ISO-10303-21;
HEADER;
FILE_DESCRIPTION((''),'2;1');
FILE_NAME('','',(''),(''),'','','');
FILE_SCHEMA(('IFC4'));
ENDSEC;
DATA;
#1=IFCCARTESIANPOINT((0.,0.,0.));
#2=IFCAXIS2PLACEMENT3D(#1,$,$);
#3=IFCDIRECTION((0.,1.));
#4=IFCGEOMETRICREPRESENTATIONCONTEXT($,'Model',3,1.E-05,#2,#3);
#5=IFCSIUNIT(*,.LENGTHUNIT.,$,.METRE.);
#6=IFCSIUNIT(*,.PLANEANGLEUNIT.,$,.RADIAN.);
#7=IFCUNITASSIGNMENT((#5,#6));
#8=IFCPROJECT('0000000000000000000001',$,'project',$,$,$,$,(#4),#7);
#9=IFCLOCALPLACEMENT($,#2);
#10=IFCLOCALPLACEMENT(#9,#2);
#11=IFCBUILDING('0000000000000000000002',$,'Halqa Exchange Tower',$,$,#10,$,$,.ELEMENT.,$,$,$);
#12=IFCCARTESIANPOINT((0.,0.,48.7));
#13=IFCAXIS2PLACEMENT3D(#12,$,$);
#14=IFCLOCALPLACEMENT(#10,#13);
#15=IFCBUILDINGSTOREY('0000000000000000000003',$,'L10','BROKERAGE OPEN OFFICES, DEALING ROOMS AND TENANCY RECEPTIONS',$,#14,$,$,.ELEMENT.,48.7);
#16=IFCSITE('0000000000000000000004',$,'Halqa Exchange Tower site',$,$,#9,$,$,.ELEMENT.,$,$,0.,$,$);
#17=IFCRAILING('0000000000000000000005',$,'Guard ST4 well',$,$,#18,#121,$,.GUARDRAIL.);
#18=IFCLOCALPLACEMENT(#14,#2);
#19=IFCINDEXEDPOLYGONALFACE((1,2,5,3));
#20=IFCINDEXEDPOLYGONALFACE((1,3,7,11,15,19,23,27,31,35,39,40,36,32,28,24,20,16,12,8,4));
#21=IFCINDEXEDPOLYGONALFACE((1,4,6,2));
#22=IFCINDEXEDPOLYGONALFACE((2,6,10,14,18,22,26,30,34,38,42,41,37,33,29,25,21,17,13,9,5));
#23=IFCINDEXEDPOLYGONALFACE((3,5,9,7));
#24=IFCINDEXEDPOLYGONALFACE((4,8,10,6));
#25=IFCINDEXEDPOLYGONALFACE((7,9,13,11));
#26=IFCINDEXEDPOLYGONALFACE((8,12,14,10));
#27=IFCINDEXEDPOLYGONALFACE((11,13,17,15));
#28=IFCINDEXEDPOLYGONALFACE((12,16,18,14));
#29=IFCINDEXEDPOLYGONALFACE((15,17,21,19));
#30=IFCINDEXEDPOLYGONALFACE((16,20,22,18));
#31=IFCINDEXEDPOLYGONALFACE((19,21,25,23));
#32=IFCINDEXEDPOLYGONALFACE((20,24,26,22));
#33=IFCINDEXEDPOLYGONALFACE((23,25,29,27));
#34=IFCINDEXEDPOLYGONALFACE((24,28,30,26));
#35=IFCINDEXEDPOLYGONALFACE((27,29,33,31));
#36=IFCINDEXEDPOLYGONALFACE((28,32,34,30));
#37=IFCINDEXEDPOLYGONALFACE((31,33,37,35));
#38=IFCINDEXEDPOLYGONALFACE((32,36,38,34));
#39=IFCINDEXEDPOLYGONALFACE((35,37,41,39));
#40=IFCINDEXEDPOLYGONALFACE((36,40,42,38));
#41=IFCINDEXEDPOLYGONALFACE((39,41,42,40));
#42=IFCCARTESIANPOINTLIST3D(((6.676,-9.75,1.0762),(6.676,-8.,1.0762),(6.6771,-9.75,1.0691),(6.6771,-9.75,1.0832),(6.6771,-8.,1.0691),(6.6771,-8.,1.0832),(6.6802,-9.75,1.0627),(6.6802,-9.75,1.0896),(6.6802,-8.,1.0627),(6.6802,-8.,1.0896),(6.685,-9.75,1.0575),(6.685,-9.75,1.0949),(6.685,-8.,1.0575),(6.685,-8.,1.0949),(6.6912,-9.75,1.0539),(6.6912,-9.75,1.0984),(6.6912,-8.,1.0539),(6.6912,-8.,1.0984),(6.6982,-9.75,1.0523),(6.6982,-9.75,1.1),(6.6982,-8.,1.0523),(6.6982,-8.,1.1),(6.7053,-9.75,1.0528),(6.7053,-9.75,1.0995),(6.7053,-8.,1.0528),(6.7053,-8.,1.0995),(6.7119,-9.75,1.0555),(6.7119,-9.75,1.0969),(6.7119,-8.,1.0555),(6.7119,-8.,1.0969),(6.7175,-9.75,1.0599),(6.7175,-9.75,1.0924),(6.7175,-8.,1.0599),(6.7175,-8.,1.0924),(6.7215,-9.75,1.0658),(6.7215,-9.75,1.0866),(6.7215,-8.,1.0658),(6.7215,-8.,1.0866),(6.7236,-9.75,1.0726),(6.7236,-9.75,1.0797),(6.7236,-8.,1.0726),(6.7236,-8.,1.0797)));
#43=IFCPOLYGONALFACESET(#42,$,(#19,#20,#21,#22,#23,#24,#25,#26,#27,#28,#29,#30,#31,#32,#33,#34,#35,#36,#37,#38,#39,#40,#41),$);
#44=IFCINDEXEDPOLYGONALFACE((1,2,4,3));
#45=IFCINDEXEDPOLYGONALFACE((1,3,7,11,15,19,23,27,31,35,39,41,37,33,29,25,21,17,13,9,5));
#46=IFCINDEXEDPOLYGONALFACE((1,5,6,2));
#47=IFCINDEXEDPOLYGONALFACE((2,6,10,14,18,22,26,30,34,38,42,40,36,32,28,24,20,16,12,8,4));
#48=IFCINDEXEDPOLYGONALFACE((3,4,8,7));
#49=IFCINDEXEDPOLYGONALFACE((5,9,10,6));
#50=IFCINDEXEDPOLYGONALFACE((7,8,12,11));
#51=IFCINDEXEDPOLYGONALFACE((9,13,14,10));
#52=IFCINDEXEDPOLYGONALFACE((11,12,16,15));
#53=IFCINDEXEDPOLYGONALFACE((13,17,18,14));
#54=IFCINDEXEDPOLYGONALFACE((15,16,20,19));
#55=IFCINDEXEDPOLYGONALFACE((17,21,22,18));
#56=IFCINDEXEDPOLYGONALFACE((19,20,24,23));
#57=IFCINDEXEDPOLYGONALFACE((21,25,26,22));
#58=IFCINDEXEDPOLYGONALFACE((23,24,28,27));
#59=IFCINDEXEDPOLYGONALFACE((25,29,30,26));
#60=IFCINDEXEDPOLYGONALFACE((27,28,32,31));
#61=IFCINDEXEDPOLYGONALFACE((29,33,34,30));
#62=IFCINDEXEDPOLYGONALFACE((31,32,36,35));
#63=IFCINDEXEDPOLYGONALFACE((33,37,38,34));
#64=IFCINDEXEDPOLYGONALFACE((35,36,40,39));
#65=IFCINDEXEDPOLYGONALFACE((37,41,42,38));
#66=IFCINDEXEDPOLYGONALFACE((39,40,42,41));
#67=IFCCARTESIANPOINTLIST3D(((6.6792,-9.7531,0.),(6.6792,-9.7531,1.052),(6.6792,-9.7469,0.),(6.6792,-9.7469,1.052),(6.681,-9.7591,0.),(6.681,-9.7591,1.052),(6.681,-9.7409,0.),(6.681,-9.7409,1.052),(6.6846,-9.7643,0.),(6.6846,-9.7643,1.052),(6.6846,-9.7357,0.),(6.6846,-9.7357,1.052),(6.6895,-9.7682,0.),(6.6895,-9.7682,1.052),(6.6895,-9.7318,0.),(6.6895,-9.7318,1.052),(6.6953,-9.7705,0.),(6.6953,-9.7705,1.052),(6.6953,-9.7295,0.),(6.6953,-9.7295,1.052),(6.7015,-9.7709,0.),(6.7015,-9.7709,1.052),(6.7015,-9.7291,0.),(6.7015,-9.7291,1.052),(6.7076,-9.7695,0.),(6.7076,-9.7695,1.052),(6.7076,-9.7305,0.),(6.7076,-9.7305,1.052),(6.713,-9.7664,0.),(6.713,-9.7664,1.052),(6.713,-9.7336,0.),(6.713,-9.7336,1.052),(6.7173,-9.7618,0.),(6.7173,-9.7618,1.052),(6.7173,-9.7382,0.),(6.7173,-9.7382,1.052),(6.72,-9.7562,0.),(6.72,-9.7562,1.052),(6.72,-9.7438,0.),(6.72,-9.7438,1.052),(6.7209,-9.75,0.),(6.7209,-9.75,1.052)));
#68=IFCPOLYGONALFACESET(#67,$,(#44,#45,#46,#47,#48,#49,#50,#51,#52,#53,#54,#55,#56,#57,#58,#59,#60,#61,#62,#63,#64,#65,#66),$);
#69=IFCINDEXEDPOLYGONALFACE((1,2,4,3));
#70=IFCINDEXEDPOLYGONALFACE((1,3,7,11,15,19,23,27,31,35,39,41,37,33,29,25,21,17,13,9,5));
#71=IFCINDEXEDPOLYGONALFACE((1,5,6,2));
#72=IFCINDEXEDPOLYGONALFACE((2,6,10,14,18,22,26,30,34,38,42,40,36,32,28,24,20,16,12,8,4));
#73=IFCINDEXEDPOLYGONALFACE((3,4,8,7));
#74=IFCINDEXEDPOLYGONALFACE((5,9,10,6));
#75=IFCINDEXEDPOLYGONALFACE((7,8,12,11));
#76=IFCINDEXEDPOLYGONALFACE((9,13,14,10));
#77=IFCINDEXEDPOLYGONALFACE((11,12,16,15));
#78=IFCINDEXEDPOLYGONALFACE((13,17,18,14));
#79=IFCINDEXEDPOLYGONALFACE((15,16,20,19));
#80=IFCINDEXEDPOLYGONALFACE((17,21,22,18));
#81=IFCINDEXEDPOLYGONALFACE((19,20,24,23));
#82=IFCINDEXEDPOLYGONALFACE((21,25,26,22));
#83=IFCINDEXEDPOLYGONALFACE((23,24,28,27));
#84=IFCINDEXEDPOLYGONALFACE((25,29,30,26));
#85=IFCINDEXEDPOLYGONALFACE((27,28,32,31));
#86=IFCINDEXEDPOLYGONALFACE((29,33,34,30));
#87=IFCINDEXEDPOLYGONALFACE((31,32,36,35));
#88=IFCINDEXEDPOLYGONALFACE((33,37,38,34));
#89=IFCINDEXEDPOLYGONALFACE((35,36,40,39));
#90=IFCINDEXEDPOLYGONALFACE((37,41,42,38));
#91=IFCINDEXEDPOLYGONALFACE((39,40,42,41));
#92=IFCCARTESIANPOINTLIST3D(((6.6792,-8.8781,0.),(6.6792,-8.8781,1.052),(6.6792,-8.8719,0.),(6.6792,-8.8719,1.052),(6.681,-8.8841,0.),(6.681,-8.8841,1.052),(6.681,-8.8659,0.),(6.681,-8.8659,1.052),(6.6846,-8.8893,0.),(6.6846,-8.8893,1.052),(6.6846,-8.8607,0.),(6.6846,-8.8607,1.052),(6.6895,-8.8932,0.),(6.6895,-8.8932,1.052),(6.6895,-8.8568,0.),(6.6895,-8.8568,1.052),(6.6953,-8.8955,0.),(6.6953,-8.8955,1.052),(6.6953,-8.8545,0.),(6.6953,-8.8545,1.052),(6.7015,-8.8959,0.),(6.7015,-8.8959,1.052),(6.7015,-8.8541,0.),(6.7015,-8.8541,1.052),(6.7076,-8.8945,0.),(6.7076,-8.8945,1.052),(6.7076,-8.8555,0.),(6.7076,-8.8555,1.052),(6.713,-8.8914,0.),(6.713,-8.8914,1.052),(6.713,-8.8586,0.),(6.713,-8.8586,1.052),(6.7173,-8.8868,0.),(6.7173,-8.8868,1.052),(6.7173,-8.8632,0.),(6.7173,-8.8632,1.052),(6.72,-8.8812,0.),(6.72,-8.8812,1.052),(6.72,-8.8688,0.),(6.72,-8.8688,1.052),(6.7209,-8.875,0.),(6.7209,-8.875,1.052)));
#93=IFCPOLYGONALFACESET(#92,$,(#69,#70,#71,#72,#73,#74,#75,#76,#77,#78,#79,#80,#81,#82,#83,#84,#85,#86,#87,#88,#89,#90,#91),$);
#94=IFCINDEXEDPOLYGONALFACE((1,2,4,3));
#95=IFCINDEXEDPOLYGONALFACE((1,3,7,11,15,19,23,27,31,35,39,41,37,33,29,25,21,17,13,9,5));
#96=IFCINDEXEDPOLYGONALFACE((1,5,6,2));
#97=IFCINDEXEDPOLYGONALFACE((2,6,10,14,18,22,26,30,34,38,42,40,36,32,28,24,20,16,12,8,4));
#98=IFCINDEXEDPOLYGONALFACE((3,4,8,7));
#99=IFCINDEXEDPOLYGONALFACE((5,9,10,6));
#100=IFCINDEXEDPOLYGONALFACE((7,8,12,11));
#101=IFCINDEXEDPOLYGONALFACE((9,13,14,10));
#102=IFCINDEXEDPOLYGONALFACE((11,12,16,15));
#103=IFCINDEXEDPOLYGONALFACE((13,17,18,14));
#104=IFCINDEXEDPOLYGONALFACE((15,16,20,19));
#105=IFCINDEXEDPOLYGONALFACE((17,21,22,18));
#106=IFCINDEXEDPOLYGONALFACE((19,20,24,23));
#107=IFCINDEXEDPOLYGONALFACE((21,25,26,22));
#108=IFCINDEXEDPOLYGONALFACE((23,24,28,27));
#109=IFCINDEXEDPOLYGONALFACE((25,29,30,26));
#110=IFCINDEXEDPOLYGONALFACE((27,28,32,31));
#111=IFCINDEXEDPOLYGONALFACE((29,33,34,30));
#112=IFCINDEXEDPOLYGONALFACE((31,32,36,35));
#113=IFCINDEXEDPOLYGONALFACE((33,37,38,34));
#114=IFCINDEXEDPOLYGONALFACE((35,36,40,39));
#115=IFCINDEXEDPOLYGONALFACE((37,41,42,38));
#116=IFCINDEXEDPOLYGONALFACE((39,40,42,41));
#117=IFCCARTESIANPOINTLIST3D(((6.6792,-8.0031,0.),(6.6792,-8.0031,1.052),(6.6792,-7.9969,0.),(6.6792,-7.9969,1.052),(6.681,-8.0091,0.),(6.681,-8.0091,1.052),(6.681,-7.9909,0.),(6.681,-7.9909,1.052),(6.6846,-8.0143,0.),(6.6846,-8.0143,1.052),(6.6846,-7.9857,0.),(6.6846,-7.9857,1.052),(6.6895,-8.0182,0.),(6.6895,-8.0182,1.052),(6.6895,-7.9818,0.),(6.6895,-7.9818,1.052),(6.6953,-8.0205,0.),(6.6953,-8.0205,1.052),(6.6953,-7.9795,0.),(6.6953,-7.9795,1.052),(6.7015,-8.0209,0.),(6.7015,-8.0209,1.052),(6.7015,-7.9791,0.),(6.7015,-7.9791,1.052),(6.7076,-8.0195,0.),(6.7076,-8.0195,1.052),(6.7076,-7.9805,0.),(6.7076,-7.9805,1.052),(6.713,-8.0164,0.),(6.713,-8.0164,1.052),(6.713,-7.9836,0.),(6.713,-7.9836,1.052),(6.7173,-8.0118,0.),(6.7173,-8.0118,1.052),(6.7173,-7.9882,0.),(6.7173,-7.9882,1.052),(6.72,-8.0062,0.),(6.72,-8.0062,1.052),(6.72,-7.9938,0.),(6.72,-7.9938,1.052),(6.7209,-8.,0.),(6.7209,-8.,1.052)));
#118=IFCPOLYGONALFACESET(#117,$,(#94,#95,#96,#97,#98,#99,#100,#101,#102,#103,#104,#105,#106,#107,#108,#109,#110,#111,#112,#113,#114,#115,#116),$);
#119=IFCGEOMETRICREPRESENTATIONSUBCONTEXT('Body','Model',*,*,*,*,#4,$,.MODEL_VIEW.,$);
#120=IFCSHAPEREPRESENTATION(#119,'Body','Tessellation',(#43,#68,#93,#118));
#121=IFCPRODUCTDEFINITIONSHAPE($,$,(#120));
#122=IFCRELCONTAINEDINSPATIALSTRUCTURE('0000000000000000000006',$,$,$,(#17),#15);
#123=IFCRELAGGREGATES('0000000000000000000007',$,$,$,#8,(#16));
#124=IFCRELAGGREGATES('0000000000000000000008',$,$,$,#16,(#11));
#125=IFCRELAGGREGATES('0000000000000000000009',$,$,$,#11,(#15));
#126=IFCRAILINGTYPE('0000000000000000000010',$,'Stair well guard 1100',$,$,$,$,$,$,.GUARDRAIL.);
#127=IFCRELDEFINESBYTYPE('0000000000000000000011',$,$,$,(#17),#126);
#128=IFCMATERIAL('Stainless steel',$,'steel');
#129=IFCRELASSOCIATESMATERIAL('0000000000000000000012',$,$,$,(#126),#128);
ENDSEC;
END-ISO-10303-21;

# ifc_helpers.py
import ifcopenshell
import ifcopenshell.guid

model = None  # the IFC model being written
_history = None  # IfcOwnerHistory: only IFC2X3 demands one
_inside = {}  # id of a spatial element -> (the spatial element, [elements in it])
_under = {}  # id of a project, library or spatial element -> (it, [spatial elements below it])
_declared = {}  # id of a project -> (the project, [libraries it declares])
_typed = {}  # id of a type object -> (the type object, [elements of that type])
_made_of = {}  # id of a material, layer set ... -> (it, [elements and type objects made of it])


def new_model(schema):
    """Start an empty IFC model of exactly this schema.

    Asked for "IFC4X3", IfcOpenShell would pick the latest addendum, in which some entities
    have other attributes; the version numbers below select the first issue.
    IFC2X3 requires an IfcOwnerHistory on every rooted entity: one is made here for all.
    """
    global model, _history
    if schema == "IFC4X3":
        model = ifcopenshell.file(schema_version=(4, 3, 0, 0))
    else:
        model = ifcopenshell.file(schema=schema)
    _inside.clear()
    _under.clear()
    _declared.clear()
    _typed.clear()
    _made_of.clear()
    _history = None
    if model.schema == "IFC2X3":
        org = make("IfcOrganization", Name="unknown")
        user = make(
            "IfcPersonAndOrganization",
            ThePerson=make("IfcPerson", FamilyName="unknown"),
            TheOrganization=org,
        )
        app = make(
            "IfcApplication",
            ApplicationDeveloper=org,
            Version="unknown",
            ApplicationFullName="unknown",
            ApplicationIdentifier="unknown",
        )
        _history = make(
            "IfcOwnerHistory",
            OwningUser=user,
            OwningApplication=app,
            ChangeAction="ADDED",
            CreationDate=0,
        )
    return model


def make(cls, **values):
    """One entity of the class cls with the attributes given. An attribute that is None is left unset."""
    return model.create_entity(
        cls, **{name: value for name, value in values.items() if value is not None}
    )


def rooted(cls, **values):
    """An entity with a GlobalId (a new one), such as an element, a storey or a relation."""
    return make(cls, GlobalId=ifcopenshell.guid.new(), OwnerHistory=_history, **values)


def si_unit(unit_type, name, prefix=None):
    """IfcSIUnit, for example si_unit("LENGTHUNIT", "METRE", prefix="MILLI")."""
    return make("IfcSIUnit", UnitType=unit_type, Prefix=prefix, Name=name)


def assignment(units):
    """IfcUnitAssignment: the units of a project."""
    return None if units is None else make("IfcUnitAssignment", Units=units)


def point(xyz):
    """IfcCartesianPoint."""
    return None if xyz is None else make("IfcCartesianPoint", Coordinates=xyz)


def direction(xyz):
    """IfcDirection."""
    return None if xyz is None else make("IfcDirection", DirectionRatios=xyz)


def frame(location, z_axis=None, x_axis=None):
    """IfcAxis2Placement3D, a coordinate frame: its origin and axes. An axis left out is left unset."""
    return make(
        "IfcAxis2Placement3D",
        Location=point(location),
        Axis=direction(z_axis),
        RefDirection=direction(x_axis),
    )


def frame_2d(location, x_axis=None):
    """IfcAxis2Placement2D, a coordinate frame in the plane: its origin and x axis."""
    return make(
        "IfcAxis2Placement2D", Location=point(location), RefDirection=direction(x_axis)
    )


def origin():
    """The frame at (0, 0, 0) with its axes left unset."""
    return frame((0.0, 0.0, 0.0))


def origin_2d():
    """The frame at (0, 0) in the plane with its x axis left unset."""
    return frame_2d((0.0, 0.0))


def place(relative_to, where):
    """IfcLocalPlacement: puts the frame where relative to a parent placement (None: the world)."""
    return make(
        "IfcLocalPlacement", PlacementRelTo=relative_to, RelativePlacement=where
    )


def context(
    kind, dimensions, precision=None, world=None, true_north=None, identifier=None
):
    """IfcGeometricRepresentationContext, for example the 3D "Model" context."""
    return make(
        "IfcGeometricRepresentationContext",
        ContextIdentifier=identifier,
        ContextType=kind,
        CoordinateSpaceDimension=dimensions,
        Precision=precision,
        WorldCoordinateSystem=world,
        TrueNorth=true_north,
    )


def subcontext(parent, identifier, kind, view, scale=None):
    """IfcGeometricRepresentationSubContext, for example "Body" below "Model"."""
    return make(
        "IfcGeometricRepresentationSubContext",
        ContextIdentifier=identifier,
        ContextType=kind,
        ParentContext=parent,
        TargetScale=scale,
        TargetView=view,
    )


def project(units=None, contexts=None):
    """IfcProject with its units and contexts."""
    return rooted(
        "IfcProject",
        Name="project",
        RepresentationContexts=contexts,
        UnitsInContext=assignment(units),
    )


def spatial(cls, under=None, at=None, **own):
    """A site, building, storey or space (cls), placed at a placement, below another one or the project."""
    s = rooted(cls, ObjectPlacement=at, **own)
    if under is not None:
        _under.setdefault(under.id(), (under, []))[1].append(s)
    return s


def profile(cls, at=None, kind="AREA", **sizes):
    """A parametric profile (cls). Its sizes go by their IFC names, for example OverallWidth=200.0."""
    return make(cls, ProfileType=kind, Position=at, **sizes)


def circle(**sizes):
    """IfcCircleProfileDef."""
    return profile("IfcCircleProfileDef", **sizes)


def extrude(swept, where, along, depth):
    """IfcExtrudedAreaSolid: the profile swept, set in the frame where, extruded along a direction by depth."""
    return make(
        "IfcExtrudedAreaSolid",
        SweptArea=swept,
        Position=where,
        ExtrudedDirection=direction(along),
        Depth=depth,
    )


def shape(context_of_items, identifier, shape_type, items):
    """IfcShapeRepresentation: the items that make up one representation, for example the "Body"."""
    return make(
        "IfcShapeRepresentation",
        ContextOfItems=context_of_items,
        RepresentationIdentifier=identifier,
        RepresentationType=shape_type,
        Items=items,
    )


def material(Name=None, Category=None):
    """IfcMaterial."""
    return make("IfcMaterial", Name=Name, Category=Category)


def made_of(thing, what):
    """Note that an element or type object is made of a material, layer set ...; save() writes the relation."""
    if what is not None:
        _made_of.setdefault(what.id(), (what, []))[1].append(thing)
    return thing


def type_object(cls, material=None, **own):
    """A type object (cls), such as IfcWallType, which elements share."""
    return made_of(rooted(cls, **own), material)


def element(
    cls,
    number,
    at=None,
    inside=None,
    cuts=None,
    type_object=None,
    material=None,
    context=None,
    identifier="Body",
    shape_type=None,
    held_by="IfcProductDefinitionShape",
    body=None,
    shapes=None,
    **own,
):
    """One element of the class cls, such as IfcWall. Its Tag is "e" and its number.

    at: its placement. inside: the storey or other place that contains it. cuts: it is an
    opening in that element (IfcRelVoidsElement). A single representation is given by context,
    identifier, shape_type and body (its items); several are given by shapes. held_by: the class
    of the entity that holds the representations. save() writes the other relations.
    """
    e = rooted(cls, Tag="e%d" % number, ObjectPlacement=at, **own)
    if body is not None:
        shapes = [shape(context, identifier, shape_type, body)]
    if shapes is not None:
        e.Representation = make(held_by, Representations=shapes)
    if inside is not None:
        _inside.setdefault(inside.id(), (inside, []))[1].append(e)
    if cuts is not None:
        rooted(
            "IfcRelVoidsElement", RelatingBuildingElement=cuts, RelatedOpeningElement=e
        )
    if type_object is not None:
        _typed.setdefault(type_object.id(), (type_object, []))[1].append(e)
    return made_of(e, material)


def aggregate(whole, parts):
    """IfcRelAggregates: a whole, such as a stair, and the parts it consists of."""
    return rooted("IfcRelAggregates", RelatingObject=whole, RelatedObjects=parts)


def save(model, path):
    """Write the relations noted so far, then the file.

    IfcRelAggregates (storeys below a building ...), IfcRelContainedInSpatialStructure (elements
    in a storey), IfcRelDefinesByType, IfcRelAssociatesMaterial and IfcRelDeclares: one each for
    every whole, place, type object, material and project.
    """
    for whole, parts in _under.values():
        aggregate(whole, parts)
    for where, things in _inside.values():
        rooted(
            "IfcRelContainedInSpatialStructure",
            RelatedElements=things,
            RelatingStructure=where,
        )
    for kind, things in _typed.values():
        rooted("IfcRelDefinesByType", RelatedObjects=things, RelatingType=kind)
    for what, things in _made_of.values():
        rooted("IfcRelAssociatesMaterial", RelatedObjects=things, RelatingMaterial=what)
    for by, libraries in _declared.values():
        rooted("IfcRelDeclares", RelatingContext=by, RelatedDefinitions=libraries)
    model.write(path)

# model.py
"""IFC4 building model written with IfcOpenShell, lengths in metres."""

from ifc_helpers import new_model, si_unit, direction, frame, origin, origin_2d, place, context, subcontext, project, spatial, circle, extrude, material, type_object, element, save


model = new_model("IFC4")

# Units and contexts
model_context = context("Model", 3, precision=1e-05, world=origin(), true_north=direction((0.0, 1.0)))
body_context = subcontext(model_context, "Body", "Model", "MODEL_VIEW")
ifc_project = project(units=[si_unit("LENGTHUNIT", "METRE"), si_unit("PLANEANGLEUNIT", "RADIAN")], contexts=[model_context])

# Site, building, storey
site_placement = place(None, origin())
site = spatial("IfcSite", under=ifc_project, at=site_placement, Name="Halqa Exchange Tower site", CompositionType="ELEMENT", RefElevation=0.0)
building_placement = place(site_placement, origin())
building = spatial("IfcBuilding", under=site, at=building_placement, Name="Halqa Exchange Tower", CompositionType="ELEMENT")
storey_placement = place(building_placement, frame((0.0, 0.0, 48.7)))
storey = spatial("IfcBuildingStorey", under=building, at=storey_placement, Name="L10", Description="BROKERAGE OPEN OFFICES, DEALING ROOMS AND TENANCY RECEPTIONS", CompositionType="ELEMENT", Elevation=48.7)

# Railing
ifc_material_1 = material(Name="Stainless steel", Category="steel")
railing_type_1 = type_object("IfcRailingType", Name="Stair well guard 1100", PredefinedType="GUARDRAIL", material=ifc_material_1)
railing_1_placement = place(storey_placement, frame((6.7, -9.75, 0.0)))
element("IfcRailing", 1, at=railing_1_placement, inside=storey, type_object=railing_type_1, Name="Guard ST4 well", PredefinedType="GUARDRAIL", context=body_context, shape_type="SweptSolid", body=[
    extrude(circle(Radius=0.0239, at=origin_2d()), frame((0.0, 0.0, 1.0762), z_axis=(0.0, 1.0, 0.0), x_axis=(-1.0, 0.0, 0.0)), (0.0, 0.0, 1.0), 1.75),
    extrude(circle(Radius=0.021, at=origin_2d()), origin(), (0.0, 0.0, 1.0), 1.052),
    extrude(circle(Radius=0.021, at=origin_2d()), frame((0.0, 0.875, 0.0)), (0.0, 0.0, 1.0), 1.052),
    extrude(circle(Radius=0.021, at=origin_2d()), frame((0.0, 1.75, 0.0)), (0.0, 0.0, 1.0), 1.052),
])

save(model, "model.ifc")
